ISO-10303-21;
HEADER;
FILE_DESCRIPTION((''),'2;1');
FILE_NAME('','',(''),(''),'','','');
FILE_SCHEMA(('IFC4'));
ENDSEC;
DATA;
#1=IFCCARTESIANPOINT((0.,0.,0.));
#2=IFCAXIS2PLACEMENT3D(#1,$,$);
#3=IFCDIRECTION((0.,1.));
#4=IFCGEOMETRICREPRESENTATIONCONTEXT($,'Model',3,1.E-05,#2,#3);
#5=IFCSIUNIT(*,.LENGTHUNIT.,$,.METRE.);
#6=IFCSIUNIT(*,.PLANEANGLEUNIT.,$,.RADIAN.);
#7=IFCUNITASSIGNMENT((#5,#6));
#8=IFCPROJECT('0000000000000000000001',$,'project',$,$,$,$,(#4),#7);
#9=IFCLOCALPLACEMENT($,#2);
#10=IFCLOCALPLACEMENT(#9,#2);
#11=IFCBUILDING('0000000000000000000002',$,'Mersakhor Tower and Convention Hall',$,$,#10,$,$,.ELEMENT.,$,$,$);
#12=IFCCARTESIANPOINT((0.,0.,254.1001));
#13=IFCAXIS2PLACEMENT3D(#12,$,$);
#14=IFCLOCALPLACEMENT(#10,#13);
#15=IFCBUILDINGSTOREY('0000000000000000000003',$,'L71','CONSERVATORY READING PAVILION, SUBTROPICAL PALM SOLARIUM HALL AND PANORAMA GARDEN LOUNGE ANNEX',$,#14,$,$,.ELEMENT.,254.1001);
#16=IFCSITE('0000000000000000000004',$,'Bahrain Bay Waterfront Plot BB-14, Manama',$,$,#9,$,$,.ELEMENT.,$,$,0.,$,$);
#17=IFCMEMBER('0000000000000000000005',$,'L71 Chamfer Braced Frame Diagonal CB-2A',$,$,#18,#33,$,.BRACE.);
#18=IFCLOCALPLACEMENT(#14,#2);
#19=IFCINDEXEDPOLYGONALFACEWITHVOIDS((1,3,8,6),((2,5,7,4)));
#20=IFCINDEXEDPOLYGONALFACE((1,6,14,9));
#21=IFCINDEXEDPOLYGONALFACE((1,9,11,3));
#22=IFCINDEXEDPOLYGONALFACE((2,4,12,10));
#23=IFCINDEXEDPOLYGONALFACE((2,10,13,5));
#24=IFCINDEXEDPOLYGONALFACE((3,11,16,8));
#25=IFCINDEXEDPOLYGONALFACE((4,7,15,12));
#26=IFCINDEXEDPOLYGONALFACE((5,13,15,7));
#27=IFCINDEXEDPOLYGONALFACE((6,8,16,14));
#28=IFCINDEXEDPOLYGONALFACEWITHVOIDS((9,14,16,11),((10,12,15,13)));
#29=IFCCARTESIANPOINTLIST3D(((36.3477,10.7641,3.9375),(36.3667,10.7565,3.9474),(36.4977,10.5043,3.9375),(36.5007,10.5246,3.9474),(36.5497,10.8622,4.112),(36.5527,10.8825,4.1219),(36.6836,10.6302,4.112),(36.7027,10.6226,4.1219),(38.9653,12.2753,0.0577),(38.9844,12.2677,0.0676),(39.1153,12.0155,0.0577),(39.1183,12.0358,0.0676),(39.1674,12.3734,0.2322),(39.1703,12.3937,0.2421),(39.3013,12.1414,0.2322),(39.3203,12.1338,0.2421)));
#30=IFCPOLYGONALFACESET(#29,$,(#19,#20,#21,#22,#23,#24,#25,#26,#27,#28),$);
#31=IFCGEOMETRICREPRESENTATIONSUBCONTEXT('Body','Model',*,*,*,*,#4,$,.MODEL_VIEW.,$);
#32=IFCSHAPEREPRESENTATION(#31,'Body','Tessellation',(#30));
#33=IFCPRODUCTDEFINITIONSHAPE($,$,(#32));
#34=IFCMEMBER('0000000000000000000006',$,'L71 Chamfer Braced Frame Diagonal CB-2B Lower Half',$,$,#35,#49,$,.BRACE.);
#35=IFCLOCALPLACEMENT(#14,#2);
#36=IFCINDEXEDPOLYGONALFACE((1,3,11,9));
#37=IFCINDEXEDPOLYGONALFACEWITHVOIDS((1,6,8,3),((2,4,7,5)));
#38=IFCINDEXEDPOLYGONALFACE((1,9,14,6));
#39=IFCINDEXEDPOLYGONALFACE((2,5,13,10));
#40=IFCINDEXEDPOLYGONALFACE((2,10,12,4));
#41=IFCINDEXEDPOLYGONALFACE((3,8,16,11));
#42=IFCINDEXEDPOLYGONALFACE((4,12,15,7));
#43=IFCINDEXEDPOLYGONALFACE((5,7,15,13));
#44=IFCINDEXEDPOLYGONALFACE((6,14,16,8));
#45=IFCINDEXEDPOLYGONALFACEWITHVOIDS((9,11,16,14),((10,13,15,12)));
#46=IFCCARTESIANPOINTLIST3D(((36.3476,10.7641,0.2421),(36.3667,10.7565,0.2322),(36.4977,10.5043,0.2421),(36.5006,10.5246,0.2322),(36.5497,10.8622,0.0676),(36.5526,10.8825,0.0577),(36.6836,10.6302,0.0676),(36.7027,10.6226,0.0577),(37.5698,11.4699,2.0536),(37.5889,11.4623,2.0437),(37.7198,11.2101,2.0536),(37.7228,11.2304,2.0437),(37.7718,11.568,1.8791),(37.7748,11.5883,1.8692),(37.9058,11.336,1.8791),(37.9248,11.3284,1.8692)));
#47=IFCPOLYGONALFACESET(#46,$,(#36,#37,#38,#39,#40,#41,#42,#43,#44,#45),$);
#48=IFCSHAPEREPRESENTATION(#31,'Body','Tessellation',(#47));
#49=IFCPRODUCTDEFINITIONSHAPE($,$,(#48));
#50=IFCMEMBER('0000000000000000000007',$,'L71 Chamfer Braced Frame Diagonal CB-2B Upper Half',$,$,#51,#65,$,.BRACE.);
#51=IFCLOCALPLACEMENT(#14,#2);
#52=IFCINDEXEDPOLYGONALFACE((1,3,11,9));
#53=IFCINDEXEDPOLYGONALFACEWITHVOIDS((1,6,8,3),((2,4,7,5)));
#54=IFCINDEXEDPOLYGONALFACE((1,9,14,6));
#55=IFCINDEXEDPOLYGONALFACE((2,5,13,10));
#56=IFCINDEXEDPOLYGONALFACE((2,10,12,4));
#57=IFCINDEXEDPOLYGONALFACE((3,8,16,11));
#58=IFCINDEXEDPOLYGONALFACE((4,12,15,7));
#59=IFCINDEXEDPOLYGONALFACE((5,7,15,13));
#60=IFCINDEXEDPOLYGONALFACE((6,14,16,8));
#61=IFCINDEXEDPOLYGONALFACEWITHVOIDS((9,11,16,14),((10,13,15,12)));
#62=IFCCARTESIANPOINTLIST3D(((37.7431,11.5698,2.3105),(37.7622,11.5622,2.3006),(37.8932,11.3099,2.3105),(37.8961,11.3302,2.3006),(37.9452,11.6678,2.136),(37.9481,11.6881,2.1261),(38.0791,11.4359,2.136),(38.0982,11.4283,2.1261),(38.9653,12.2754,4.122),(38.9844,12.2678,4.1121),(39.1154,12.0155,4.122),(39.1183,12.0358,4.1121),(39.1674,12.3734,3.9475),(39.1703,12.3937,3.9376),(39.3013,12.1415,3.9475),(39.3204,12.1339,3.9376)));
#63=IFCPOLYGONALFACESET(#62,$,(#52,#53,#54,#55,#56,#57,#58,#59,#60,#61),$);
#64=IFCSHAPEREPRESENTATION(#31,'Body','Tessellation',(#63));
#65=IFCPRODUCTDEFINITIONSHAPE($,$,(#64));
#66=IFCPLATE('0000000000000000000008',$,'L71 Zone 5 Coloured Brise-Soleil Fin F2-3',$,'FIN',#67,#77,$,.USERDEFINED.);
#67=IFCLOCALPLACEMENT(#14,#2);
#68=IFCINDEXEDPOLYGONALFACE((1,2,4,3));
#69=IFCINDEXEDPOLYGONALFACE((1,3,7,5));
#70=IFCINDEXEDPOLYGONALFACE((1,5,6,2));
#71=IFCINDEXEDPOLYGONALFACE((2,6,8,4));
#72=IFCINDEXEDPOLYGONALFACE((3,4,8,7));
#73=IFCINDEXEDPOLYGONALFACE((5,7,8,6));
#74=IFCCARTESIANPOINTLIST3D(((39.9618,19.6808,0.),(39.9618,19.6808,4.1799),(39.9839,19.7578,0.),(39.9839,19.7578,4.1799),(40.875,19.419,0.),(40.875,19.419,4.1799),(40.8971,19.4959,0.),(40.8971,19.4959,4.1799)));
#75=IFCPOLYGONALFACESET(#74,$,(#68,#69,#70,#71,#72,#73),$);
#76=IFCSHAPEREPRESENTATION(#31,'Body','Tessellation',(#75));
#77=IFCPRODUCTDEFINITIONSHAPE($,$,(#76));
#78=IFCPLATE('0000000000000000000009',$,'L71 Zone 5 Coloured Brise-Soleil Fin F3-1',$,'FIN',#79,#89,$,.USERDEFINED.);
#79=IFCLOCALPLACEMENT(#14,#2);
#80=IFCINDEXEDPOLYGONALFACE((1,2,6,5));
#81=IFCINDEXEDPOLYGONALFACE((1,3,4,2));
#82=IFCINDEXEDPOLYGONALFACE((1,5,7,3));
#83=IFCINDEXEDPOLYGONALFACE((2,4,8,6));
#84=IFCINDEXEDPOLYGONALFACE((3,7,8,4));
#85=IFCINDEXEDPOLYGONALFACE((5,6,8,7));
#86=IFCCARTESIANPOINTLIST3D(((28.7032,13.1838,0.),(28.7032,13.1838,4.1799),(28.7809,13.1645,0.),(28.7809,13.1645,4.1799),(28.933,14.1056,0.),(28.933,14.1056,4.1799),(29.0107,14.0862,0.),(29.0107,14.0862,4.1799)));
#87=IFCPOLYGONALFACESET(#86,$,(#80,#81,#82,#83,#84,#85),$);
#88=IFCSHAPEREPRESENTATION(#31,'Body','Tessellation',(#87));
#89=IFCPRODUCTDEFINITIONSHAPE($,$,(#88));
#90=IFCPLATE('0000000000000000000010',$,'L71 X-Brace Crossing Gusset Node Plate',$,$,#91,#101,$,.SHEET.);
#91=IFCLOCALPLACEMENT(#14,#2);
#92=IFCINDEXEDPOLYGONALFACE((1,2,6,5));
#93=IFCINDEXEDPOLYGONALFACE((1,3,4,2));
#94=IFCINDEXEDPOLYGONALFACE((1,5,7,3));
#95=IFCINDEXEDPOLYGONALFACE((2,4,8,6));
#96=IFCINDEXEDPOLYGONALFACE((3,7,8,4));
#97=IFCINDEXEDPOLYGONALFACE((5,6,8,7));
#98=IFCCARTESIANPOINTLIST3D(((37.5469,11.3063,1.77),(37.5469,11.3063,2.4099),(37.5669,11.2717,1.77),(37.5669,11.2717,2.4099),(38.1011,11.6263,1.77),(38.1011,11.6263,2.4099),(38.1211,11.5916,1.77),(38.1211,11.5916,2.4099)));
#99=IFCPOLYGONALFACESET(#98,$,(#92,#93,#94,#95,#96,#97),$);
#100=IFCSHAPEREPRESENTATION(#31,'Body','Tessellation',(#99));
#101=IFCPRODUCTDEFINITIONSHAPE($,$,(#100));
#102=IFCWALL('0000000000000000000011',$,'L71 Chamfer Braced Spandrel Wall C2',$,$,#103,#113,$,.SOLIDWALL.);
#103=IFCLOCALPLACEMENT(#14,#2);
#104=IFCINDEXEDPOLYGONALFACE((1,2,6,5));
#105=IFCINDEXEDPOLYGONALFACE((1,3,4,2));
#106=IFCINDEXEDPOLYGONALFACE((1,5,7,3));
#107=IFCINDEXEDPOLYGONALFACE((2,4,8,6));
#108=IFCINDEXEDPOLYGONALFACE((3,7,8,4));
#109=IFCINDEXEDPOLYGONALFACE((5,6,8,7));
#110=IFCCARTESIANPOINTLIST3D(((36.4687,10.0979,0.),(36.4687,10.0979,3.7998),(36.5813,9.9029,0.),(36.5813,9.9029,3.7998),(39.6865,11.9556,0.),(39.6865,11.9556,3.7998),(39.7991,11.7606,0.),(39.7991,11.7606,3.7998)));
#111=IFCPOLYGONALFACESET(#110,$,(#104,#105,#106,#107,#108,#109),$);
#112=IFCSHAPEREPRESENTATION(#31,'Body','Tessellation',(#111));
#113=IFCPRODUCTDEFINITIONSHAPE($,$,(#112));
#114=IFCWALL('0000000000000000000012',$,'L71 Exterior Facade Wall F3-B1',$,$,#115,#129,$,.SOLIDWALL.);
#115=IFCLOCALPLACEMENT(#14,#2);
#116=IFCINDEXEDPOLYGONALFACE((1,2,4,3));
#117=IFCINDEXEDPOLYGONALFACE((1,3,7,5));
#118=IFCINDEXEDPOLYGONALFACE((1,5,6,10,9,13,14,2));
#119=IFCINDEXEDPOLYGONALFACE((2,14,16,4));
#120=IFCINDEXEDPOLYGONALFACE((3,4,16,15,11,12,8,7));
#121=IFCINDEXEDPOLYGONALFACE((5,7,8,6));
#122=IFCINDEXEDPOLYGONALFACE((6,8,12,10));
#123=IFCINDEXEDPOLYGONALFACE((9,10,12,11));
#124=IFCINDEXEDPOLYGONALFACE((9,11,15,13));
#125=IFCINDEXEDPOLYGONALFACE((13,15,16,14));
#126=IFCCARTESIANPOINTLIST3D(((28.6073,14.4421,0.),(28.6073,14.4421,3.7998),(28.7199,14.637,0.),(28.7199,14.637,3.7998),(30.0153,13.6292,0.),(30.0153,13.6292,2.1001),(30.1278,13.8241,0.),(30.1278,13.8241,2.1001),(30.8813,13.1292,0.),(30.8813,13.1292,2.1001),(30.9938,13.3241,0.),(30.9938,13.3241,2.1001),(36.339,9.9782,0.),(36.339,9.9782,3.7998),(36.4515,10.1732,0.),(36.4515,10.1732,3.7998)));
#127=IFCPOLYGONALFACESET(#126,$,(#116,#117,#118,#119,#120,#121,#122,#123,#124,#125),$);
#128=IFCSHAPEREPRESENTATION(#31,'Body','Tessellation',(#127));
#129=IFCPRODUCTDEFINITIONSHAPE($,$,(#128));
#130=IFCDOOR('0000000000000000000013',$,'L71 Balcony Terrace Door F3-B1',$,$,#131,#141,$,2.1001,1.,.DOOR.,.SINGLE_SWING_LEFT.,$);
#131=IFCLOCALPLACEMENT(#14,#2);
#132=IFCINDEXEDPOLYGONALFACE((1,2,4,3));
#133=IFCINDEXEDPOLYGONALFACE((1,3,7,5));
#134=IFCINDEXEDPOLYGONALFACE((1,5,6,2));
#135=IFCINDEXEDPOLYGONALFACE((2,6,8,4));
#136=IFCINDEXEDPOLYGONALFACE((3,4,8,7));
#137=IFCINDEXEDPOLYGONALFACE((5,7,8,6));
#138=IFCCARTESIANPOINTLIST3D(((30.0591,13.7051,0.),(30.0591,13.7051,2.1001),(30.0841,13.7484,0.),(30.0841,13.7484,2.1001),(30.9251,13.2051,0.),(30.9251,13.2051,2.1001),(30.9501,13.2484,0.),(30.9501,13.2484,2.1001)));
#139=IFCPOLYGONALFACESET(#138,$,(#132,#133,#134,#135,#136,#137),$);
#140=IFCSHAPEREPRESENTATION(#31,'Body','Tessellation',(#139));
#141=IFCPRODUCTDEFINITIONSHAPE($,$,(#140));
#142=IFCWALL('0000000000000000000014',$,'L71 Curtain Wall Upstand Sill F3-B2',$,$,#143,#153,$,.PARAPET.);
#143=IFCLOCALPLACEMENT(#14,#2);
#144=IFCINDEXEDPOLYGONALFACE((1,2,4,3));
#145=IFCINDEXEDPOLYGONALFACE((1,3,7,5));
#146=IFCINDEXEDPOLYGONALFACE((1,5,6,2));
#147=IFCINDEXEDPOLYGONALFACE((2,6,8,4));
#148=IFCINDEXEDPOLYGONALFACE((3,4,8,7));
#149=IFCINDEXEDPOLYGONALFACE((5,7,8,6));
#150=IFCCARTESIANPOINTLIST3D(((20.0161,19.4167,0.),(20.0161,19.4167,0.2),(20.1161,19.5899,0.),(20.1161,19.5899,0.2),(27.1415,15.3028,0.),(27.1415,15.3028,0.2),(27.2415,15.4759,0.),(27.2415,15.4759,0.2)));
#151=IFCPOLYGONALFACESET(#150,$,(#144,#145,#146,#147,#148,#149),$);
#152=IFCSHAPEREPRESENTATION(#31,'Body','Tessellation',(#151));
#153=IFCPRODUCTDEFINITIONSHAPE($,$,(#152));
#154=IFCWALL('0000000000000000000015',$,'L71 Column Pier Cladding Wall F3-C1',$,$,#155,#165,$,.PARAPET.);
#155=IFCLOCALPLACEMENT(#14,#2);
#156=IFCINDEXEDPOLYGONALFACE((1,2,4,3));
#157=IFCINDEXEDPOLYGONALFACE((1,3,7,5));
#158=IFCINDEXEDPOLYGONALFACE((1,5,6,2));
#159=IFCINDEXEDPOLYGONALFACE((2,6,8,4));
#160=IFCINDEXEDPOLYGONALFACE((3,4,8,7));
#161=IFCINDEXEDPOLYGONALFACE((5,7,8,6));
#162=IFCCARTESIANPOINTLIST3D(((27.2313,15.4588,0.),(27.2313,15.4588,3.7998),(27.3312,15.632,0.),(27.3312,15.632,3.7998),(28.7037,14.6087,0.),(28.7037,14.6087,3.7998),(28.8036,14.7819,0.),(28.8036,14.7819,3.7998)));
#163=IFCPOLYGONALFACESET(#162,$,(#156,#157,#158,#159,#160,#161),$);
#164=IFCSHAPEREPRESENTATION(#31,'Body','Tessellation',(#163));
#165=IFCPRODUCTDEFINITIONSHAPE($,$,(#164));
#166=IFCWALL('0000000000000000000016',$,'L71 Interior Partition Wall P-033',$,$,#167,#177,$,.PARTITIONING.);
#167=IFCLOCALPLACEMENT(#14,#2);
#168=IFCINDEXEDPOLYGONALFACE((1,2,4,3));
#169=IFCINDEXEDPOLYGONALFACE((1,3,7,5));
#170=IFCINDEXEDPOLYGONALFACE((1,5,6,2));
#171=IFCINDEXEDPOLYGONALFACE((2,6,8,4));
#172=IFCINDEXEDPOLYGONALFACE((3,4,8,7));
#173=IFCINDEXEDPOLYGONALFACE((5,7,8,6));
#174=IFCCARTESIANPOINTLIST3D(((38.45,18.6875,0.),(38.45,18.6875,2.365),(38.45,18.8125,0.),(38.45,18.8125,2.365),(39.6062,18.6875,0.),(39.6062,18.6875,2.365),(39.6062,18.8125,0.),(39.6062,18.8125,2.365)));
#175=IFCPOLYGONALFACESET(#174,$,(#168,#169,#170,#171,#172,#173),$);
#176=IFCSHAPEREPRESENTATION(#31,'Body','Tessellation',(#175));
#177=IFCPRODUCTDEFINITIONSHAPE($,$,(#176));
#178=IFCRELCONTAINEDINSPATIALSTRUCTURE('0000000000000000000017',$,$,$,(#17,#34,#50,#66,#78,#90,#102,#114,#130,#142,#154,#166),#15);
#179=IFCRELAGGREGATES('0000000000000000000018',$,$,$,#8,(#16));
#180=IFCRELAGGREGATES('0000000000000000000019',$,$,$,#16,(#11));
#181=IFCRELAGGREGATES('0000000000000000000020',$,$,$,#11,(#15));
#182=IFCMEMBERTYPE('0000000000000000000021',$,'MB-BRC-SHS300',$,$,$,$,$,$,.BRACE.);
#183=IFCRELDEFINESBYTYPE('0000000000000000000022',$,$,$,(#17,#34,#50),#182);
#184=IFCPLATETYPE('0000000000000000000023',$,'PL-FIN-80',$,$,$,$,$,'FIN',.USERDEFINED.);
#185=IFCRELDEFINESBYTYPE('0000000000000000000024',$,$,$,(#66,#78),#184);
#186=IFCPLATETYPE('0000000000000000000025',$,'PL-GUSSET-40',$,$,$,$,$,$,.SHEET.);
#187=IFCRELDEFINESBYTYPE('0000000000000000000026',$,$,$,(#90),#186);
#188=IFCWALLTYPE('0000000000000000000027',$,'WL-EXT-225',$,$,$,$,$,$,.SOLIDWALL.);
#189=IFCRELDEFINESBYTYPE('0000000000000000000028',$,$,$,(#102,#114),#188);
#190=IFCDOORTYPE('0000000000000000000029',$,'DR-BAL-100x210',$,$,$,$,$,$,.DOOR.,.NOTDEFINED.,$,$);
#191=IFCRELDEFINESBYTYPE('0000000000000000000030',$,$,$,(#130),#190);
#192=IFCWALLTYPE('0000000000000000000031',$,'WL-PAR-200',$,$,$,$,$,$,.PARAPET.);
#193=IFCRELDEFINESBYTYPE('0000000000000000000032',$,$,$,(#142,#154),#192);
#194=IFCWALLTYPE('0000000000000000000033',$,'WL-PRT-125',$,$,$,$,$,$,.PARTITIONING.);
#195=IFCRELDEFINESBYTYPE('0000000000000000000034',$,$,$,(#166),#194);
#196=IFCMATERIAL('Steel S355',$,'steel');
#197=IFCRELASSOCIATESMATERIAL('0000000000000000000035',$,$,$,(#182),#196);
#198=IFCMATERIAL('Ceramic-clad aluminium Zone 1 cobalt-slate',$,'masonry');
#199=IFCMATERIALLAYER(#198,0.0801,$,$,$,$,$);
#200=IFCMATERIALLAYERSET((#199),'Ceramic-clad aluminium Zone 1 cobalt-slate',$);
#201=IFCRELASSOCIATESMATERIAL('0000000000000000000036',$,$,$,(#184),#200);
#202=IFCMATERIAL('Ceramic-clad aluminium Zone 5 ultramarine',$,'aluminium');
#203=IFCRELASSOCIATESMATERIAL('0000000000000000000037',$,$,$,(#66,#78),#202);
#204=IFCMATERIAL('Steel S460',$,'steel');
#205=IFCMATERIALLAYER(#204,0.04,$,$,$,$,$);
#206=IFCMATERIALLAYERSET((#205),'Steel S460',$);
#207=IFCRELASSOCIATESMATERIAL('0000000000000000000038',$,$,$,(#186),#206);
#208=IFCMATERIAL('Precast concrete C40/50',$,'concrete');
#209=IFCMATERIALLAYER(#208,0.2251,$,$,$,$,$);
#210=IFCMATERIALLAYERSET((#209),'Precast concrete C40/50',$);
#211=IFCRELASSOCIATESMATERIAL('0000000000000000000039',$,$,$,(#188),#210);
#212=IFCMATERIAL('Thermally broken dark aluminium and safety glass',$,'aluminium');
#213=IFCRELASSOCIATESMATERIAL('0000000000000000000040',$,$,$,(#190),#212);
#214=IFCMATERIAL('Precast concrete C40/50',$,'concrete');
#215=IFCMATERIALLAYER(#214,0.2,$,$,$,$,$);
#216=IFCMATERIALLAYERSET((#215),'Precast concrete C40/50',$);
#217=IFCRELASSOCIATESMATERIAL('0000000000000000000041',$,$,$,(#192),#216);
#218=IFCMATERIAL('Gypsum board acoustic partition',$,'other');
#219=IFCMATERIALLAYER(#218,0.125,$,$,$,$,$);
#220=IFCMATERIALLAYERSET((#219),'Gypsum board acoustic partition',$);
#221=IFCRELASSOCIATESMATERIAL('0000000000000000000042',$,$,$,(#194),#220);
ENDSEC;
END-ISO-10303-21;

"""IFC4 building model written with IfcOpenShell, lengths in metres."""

from ifc_helpers import new_model, si_unit, direction, frame, frame_2d, origin, origin_2d, place, context, subcontext, project, spatial, rectangle, hollow_rectangle, extrude, material, layer, layer_set, material_profile, profile_set, type_object, element, fill, save


model = new_model("IFC4")

# Units and contexts
model_context = context("Model", 3, precision=1e-05, world=origin(), true_north=direction((0.0, 1.0)))
body_context = subcontext(model_context, "Body", "Model", "MODEL_VIEW")
ifc_project = project(units=[si_unit("LENGTHUNIT", "METRE"), si_unit("PLANEANGLEUNIT", "RADIAN")], contexts=[model_context])

# Site, building, storey
site_placement = place(None, origin())
site = spatial("IfcSite", under=ifc_project, at=site_placement, Name="Bahrain Bay Waterfront Plot BB-14, Manama", CompositionType="ELEMENT", RefElevation=0.0)
building_placement = place(site_placement, origin())
building = spatial("IfcBuilding", under=site, at=building_placement, Name="Mersakhor Tower and Convention Hall", CompositionType="ELEMENT")
storey_placement = place(building_placement, frame((0.0, 0.0, 254.1001)))
storey = spatial("IfcBuildingStorey", under=building, at=storey_placement, Name="L71", Description="CONSERVATORY READING PAVILION, SUBTROPICAL PALM SOLARIUM HALL AND PANORAMA GARDEN LOUNGE ANNEX", CompositionType="ELEMENT", Elevation=254.1001)

# Members
ifc_material_1 = material(Name="Steel S355", Category="steel")
ifc_material_profile_1 = material_profile(ifc_material_1, hollow_rectangle(XDim=0.3, YDim=0.3, WallThickness=0.0161, at=origin_2d()), Name="SHS 300x300x16")
ifc_profile_set_1 = profile_set([ifc_material_profile_1], Name="Steel S355")
member_type_1 = type_object("IfcMemberType", Name="MB-BRC-SHS300", PredefinedType="BRACE", material=ifc_profile_set_1)
member_1_placement = place(storey_placement, frame((39.1428, 12.2046, 0.1499), z_axis=(-0.532233, -0.307268, 0.788869), x_axis=(0.499979, -0.866038, 0.0)))
element("IfcMember", 1, at=member_1_placement, inside=storey, type_object=member_type_1, Name="L71 Chamfer Braced Frame Diagonal CB-2A", PredefinedType="BRACE", context=body_context, shape_type="SweptSolid", body=[
    extrude(hollow_rectangle(XDim=0.3, YDim=0.3, WallThickness=0.0161, at=origin_2d()), origin(), (0.0, 0.0, 1.0), 4.9182),
])
for number, where, z_axis, x_axis, name in (
    (2, (36.5251, 10.6934, 0.1499), (0.532209, 0.307354, 0.788852), (-0.500102, 0.865967, 0.0), "L71 Chamfer Braced Frame Diagonal CB-2B Lower Half"),
    (3, (37.9207, 11.499, 2.2183), (0.532226, 0.307258, 0.788877), (-0.499972, 0.866042, 0.0), "L71 Chamfer Braced Frame Diagonal CB-2B Upper Half"),
):
    element("IfcMember", number, at=place(storey_placement, frame(where, z_axis=z_axis, x_axis=x_axis)), inside=storey, type_object=member_type_1, Name=name, PredefinedType="BRACE", context=body_context, shape_type="SweptSolid", body=[
        extrude(hollow_rectangle(XDim=0.3, YDim=0.3, WallThickness=0.0161, at=origin_2d()), origin(), (0.0, 0.0, 1.0), 2.2964),
    ])

# Plates
ifc_material_2 = material(Name="Ceramic-clad aluminium Zone 5 ultramarine", Category="aluminium")
ifc_material_3 = material(Name="Ceramic-clad aluminium Zone 1 cobalt-slate", Category="masonry")
ifc_layer_1 = layer(ifc_material_3, 0.0801)
ifc_layer_set_1 = layer_set([ifc_layer_1], Name="Ceramic-clad aluminium Zone 1 cobalt-slate")
plate_type_1 = type_object("IfcPlateType", Name="PL-FIN-80", ElementType="FIN", PredefinedType="USERDEFINED", material=ifc_layer_set_1)
for number, where, z_axis, x_axis, name in (
    (4, (40.4294, 19.5884, 0.0), (0.0, 0.0, 1.0), (0.961262, -0.275637, 0.0), "L71 Zone 5 Coloured Brise-Soleil Fin F2-3"),
    (5, (28.8569, 13.635, 0.0), (0.0, 0.0, 1.0), (-0.241922, -0.970296, 0.0), "L71 Zone 5 Coloured Brise-Soleil Fin F3-1"),
):
    element("IfcPlate", number, at=place(storey_placement, frame(where, z_axis=z_axis, x_axis=x_axis)), inside=storey, type_object=plate_type_1, material=ifc_material_2, Name=name, ObjectType="FIN", PredefinedType="USERDEFINED", context=body_context, shape_type="SweptSolid", body=[
        extrude(rectangle(XDim=0.95, YDim=0.0801, at=origin_2d()), origin(), (0.0, 0.0, 1.0), 4.1799),
    ])
ifc_material_4 = material(Name="Steel S460", Category="steel")
ifc_layer_2 = layer(ifc_material_4, 0.04)
ifc_layer_set_2 = layer_set([ifc_layer_2], Name="Steel S460")
plate_type_2 = type_object("IfcPlateType", Name="PL-GUSSET-40", PredefinedType="SHEET", material=ifc_layer_set_2)
plate_placement = place(storey_placement, frame((37.834, 11.449, 1.77), z_axis=(0.0, 0.0, 1.0), x_axis=(0.866025, 0.5, 0.0)))
element("IfcPlate", 6, at=plate_placement, inside=storey, type_object=plate_type_2, Name="L71 X-Brace Crossing Gusset Node Plate", PredefinedType="SHEET", context=body_context, shape_type="SweptSolid", body=[
    extrude(rectangle(XDim=0.6399, YDim=0.04, at=origin_2d()), origin(), (0.0, 0.0, 1.0), 0.6399),
])

# Wall
ifc_material_5 = material(Name="Precast concrete C40/50", Category="concrete")
ifc_layer_3 = layer(ifc_material_5, 0.2251)
ifc_layer_set_3 = layer_set([ifc_layer_3], Name="Precast concrete C40/50")
wall_type_1 = type_object("IfcWallType", Name="WL-EXT-225", PredefinedType="SOLIDWALL", material=ifc_layer_set_3)
wall_1_placement = place(storey_placement, frame((39.7429, 11.8582, 0.0), z_axis=(0.0, 0.0, 1.0), x_axis=(-0.866039, -0.499977, 0.0)))
element("IfcWall", 7, at=wall_1_placement, inside=storey, type_object=wall_type_1, Name="L71 Chamfer Braced Spandrel Wall C2", PredefinedType="SOLIDWALL", context=body_context, shape_type="SweptSolid", body=[
    extrude(rectangle(XDim=3.7156, YDim=0.2251, at=frame_2d((1.8579, 0.0))), origin(), (0.0, 0.0, 1.0), 3.7998),
])

# Wall, opening, door
wall_2_placement = place(storey_placement, frame((36.3953, 10.0757, 0.0), z_axis=(0.0, 0.0, 1.0), x_axis=(-0.866027, 0.499998, 0.0)))
wall_2 = element("IfcWall", 8, at=wall_2_placement, inside=storey, type_object=wall_type_1, Name="L71 Exterior Facade Wall F3-B1", PredefinedType="SOLIDWALL", context=body_context, shape_type="SweptSolid", body=[
    extrude(rectangle(XDim=8.9277, YDim=0.2251, at=frame_2d((4.4639, 0.0))), origin(), (0.0, 0.0, 1.0), 3.7998),
])
opening_1_placement = place(wall_2_placement, frame((6.302, 0.0, 0.0)))
opening_1 = element("IfcOpeningElement", 9, at=opening_1_placement, cuts=wall_2, PredefinedType="OPENING", context=body_context, shape_type="SweptSolid", body=[
    extrude(rectangle(XDim=1.0, YDim=2.1001, at=frame_2d((0.5, 1.05))), frame((0.0, 0.1226, 0.0), z_axis=(0.0, -1.0, 0.0), x_axis=(1.0, 0.0, 0.0)), (0.0, 0.0, 1.0), 0.2451),
])
ifc_material_6 = material(Name="Thermally broken dark aluminium and safety glass", Category="aluminium")
door_type_1 = type_object("IfcDoorType", Name="DR-BAL-100x210", OperationType="NOTDEFINED", PredefinedType="DOOR", material=ifc_material_6)
door_1_placement = place(opening_1_placement, origin())
door_1 = element("IfcDoor", 10, at=door_1_placement, inside=storey, type_object=door_type_1, Name="L71 Balcony Terrace Door F3-B1", OperationType="SINGLE_SWING_LEFT", OverallHeight=2.1001, OverallWidth=1.0, PredefinedType="DOOR", context=body_context, shape_type="SweptSolid", body=[
    extrude(rectangle(XDim=1.0, YDim=2.1001, at=frame_2d((0.5, 1.05))), frame((0.0, 0.0249, 0.0), z_axis=(0.0, -1.0, 0.0), x_axis=(1.0, 0.0, 0.0)), (0.0, 0.0, 1.0), 0.05),
])
fill(opening_1, door_1)

# Walls
ifc_material_7 = material(Name="Precast concrete C40/50", Category="concrete")
ifc_layer_4 = layer(ifc_material_7, 0.2)
ifc_layer_set_4 = layer_set([ifc_layer_4], Name="Precast concrete C40/50")
wall_type_2 = type_object("IfcWallType", Name="WL-PAR-200", PredefinedType="PARAPET", material=ifc_layer_set_4)
wall_3_placement = place(storey_placement, frame((27.1914, 15.3894, 0.0), z_axis=(0.0, 0.0, 1.0), x_axis=(-0.86602, 0.50001, 0.0)))
element("IfcWall", 11, at=wall_3_placement, inside=storey, type_object=wall_type_2, Name="L71 Curtain Wall Upstand Sill F3-B2", PredefinedType="PARAPET", context=body_context, shape_type="SweptSolid", body=[
    extrude(rectangle(XDim=8.2278, YDim=0.2, at=frame_2d((4.1138, 0.0))), origin(), (0.0, 0.0, 1.0), 0.2),
])
wall_4_placement = place(storey_placement, frame((28.7537, 14.6953, 0.0), z_axis=(0.0, 0.0, 1.0), x_axis=(-0.866025, 0.5, 0.0)))
element("IfcWall", 12, at=wall_4_placement, inside=storey, type_object=wall_type_2, Name="L71 Column Pier Cladding Wall F3-C1", PredefinedType="PARAPET", context=body_context, shape_type="SweptSolid", body=[
    extrude(rectangle(XDim=1.7002, YDim=0.2, at=frame_2d((0.8501, 0.0))), origin(), (0.0, 0.0, 1.0), 3.7998),
])
ifc_material_8 = material(Name="Gypsum board acoustic partition", Category="other")
ifc_layer_5 = layer(ifc_material_8, 0.125)
ifc_layer_set_5 = layer_set([ifc_layer_5], Name="Gypsum board acoustic partition")
wall_type_3 = type_object("IfcWallType", Name="WL-PRT-125", PredefinedType="PARTITIONING", material=ifc_layer_set_5)
wall_5_placement = place(storey_placement, frame((39.6062, 18.75, 0.0), z_axis=(0.0, 0.0, 1.0), x_axis=(-1.0, 0.0, 0.0)))
element("IfcWall", 13, at=wall_5_placement, inside=storey, type_object=wall_type_3, Name="L71 Interior Partition Wall P-033", PredefinedType="PARTITIONING", context=body_context, shape_type="SweptSolid", body=[
    extrude(rectangle(XDim=1.1562, YDim=0.125, at=frame_2d((0.5781, 0.0))), origin(), (0.0, 0.0, 1.0), 2.365),
])

save(model, "model.ifc")
